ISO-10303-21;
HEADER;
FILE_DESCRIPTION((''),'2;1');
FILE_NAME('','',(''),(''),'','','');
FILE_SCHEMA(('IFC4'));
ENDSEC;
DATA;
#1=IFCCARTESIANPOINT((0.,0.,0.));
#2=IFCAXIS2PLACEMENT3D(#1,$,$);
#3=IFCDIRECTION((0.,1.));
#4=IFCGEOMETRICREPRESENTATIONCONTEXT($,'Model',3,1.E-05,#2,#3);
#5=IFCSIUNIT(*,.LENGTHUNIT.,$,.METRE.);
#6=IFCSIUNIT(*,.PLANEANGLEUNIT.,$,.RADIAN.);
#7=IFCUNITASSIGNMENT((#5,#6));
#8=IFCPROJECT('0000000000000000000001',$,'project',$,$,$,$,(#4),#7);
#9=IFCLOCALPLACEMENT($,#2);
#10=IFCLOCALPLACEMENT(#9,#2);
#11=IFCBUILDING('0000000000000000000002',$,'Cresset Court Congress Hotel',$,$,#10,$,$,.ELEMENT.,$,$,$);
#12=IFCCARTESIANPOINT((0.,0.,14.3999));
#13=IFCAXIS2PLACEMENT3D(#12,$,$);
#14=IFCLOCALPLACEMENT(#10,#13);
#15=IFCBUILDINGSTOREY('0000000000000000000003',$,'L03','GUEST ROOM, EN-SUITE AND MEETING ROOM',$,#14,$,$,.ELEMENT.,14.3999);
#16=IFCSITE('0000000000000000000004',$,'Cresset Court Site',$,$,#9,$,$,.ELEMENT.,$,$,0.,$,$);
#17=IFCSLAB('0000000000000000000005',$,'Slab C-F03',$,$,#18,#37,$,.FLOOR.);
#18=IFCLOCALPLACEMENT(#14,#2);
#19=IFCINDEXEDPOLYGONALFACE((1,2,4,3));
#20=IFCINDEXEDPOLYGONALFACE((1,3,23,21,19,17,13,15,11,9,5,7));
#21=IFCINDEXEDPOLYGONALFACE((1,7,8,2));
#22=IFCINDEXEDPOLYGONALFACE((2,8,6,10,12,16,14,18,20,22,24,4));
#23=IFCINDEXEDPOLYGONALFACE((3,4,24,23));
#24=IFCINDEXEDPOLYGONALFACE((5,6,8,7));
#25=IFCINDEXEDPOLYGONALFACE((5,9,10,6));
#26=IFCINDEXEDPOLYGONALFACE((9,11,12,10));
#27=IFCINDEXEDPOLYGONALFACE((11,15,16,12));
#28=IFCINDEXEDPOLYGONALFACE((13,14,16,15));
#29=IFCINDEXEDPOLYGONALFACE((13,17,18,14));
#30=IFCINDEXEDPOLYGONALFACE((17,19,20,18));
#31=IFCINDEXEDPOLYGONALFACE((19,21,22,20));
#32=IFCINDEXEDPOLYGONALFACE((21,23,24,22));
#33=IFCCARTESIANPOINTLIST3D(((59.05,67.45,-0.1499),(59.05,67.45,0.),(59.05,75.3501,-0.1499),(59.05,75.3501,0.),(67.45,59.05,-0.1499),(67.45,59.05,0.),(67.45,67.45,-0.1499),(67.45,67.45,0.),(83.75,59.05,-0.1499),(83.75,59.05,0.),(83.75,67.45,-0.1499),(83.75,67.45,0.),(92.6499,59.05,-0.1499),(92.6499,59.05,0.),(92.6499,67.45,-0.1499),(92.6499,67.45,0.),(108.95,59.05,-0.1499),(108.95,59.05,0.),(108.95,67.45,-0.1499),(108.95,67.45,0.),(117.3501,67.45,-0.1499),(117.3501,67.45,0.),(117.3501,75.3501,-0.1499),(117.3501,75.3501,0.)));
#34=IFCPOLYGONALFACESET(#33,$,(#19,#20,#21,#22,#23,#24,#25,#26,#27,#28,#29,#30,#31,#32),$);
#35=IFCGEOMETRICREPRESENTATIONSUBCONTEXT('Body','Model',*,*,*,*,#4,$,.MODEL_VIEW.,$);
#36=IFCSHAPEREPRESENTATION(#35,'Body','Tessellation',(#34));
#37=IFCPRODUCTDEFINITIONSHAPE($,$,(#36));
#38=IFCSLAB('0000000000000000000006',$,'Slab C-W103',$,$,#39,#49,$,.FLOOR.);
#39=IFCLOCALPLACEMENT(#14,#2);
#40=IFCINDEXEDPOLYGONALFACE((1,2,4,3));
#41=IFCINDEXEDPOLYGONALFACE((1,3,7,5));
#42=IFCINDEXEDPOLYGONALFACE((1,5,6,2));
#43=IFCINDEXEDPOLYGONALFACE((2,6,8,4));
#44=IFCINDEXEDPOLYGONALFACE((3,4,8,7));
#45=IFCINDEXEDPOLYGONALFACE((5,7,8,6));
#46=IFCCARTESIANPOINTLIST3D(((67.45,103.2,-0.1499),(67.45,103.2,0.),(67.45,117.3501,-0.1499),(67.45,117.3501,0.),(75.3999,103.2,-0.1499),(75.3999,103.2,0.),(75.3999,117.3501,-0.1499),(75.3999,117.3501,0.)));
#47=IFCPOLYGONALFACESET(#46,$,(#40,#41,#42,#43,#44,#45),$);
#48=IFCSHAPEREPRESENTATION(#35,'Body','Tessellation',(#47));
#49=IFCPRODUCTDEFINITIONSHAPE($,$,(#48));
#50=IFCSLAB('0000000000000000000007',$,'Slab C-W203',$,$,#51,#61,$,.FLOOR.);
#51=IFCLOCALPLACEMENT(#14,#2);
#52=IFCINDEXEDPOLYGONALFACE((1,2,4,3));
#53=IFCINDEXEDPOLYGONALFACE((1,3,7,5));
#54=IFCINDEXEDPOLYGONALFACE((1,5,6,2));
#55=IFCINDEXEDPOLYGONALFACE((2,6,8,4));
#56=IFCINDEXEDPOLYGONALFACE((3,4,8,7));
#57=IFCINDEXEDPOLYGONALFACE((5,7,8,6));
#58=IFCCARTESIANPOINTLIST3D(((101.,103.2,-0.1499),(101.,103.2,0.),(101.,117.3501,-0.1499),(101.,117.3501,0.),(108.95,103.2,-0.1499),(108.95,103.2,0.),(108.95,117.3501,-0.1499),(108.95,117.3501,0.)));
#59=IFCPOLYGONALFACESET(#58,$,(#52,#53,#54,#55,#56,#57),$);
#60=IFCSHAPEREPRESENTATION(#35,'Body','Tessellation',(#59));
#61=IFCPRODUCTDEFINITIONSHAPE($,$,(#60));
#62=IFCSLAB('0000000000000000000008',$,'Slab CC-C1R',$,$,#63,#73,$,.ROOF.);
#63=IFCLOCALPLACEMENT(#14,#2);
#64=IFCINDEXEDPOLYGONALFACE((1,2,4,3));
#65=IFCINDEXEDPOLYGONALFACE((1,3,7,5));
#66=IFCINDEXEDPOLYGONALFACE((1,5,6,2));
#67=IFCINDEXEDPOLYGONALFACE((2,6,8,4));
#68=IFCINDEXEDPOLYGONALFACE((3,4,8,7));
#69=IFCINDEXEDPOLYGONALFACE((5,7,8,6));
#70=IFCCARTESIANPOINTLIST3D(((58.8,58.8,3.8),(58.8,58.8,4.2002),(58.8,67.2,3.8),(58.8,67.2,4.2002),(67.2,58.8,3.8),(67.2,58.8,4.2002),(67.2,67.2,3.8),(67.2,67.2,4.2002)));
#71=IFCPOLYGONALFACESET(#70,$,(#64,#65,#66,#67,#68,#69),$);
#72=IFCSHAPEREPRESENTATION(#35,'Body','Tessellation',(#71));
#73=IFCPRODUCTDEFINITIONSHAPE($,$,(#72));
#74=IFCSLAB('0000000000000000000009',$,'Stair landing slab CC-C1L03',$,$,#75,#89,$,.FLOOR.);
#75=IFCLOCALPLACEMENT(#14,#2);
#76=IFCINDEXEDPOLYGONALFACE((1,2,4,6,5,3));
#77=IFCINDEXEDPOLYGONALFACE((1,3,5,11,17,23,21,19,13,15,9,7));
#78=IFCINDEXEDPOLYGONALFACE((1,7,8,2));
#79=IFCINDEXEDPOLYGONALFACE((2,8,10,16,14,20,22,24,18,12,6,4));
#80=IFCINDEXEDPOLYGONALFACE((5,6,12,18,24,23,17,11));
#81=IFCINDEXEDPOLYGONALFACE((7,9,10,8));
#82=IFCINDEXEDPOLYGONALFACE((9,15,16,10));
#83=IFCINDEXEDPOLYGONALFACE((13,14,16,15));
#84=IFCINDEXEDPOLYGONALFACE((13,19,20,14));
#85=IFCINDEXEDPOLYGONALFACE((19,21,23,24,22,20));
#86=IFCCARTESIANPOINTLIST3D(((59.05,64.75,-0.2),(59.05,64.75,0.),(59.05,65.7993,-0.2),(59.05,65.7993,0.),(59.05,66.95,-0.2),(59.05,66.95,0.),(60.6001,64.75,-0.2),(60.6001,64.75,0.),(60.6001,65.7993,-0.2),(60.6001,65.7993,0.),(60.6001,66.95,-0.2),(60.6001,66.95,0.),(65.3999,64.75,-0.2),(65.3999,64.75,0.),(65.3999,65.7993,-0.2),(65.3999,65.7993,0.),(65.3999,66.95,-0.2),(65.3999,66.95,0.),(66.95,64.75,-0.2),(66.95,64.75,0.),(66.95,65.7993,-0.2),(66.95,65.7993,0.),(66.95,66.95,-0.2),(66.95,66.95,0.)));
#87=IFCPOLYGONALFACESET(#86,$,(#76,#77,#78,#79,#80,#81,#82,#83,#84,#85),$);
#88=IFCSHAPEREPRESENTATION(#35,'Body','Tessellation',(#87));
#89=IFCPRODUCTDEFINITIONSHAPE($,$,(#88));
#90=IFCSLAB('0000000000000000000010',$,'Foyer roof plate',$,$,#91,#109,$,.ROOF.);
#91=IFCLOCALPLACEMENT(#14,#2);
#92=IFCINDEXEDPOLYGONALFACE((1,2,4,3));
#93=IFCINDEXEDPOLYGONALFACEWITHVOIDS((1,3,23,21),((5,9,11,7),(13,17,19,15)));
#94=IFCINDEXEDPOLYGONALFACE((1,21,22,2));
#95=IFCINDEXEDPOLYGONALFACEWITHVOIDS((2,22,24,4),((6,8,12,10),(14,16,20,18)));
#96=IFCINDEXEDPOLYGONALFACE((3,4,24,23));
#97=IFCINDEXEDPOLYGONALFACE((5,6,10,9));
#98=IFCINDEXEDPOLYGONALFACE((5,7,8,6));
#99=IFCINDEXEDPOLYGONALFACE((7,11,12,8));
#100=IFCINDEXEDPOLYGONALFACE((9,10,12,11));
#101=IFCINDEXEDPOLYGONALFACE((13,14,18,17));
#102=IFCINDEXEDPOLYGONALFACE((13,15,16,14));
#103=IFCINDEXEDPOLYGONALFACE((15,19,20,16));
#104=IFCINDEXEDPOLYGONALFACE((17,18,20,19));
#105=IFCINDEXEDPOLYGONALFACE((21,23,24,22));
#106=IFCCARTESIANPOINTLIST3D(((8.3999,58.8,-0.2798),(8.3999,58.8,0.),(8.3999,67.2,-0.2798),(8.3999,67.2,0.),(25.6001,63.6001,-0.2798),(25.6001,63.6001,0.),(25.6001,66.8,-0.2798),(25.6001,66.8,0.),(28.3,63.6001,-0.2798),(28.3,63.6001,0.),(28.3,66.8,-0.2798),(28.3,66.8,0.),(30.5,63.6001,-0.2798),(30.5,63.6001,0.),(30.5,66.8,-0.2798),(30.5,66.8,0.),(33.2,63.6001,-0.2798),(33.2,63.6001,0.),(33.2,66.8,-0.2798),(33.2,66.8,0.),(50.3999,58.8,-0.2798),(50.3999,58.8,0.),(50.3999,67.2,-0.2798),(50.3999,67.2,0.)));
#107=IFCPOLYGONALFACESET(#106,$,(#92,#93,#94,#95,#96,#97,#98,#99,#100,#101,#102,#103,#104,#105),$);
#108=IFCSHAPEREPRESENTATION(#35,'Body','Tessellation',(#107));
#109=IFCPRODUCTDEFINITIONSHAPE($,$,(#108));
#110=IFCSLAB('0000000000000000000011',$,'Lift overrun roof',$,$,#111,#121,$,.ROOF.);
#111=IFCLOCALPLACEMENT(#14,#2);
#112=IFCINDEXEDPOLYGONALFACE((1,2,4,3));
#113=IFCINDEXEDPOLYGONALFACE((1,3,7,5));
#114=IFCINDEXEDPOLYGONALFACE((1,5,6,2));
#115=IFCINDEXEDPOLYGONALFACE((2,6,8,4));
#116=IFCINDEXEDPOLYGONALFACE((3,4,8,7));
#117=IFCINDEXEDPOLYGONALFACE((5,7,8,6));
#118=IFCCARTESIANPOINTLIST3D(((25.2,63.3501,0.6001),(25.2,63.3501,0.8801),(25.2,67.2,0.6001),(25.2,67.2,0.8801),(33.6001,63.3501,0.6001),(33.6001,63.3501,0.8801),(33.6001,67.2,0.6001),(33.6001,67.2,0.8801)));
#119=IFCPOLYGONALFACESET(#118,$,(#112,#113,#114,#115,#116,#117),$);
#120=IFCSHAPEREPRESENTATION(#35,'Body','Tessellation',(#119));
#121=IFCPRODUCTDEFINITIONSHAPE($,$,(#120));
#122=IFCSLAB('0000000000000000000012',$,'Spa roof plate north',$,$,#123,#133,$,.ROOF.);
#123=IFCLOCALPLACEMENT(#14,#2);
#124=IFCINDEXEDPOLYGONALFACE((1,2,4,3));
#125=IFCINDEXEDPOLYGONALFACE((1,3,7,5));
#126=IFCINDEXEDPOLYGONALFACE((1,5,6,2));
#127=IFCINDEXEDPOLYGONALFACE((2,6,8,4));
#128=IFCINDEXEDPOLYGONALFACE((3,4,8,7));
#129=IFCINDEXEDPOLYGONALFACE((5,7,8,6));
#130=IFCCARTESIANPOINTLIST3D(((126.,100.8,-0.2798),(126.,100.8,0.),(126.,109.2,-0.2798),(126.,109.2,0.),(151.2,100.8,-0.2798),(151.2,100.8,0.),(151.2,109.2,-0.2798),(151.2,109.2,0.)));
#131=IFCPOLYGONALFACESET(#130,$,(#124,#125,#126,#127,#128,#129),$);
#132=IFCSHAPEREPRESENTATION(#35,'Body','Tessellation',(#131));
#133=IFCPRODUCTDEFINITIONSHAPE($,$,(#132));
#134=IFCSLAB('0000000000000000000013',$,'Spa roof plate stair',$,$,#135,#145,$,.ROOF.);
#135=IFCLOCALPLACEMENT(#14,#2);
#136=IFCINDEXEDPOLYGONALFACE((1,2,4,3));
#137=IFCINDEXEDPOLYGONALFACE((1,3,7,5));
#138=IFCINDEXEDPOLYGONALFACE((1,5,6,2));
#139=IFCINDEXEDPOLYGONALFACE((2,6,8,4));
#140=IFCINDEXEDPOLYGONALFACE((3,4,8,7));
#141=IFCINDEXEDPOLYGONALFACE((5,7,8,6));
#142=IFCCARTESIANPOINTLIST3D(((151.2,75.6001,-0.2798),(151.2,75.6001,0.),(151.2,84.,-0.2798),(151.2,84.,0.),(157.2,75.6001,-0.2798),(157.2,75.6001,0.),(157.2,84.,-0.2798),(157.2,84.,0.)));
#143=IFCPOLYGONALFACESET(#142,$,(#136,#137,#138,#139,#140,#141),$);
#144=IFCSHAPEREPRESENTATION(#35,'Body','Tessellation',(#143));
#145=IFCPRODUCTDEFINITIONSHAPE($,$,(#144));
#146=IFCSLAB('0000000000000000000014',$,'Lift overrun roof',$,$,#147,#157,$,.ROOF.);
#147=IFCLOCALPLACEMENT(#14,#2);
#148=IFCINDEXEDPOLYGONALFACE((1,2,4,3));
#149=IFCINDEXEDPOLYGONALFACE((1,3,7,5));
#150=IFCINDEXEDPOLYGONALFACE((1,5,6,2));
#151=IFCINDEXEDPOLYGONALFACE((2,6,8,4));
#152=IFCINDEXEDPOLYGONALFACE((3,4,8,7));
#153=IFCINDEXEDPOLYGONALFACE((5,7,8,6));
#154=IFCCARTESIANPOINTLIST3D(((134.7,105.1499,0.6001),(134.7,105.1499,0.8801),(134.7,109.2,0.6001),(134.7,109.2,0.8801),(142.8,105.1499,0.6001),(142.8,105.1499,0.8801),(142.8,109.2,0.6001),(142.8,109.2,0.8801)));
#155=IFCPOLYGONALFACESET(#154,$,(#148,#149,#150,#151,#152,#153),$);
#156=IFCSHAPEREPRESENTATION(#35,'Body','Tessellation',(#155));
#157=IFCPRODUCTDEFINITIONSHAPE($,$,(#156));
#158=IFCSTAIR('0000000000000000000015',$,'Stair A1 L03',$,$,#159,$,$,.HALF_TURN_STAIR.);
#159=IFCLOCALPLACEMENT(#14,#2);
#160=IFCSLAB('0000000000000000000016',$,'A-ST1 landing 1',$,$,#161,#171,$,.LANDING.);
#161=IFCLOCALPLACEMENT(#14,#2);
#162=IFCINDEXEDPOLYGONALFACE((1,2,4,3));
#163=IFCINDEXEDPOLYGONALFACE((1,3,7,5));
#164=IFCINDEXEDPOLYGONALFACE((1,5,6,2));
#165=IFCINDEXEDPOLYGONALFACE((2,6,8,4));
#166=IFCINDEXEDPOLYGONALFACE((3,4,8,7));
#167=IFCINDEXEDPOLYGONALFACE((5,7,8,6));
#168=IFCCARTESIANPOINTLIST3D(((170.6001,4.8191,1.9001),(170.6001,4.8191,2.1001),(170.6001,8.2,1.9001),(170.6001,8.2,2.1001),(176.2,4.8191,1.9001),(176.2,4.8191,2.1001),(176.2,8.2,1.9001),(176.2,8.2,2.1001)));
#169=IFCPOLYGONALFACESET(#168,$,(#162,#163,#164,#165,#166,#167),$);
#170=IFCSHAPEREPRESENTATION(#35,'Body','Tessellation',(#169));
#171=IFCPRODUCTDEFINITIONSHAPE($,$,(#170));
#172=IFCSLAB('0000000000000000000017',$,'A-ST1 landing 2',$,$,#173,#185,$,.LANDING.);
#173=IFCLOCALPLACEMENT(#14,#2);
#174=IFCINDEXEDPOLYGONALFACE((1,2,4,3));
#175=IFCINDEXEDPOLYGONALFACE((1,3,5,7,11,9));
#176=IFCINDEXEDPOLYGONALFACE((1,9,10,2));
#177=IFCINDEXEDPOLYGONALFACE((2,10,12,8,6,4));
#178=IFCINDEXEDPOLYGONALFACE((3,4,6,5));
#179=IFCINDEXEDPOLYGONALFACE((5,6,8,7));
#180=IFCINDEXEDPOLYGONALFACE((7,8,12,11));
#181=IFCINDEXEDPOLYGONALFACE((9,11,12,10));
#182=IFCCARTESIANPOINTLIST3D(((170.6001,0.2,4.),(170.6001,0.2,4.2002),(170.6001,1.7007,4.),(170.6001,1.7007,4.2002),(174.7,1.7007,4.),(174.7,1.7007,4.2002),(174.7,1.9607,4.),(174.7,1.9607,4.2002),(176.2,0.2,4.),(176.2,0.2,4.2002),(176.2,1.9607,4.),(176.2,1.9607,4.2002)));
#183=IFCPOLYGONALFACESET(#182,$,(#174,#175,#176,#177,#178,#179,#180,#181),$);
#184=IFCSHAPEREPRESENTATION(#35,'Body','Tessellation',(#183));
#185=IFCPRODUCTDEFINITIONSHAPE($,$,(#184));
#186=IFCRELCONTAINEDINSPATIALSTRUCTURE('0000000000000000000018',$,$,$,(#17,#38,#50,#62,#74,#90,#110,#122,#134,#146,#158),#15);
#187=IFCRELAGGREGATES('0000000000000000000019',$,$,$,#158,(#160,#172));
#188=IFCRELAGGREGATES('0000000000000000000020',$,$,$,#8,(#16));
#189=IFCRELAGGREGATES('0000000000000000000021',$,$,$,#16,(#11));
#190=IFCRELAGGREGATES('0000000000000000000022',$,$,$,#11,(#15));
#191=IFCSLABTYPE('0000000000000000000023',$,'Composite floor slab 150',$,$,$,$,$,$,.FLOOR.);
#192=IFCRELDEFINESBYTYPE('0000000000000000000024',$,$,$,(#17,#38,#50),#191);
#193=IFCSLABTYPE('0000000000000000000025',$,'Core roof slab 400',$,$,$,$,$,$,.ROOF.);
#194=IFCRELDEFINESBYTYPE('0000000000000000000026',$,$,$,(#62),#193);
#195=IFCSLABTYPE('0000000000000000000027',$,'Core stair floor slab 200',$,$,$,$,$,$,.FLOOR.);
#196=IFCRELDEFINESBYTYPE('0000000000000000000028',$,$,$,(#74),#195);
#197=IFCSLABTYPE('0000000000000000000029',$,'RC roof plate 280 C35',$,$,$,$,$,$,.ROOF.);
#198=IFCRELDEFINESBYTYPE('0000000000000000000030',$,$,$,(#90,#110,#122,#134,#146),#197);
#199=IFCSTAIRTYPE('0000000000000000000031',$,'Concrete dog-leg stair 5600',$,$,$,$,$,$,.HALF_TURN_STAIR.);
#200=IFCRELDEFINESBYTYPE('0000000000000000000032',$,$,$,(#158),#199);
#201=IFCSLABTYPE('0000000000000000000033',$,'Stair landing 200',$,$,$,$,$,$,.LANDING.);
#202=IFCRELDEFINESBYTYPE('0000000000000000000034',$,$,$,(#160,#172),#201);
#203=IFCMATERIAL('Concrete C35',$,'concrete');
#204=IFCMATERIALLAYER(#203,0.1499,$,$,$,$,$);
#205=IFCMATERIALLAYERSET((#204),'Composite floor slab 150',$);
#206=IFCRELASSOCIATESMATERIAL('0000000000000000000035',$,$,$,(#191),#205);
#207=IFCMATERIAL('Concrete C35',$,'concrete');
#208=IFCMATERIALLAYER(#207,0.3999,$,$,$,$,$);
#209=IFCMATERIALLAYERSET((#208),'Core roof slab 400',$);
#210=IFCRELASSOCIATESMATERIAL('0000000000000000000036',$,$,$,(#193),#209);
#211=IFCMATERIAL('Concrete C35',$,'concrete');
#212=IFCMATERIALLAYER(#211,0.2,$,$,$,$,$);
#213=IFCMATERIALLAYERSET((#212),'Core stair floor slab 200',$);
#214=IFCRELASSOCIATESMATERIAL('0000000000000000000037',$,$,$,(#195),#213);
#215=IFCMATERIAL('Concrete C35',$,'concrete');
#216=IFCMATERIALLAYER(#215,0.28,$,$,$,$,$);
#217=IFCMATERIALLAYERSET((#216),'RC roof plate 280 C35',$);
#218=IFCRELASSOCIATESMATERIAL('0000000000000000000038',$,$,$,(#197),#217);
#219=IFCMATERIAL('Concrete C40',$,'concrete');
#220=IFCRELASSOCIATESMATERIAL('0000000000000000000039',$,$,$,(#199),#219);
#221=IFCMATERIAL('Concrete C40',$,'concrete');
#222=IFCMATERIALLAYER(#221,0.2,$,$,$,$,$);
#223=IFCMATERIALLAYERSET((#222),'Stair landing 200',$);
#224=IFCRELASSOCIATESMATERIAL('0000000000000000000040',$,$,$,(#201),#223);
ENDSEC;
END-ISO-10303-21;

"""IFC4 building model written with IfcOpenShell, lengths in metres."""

from ifc_helpers import new_model, si_unit, direction, frame, origin, place, context, subcontext, project, spatial, polyline, outline, extrude, material, layer, layer_set, type_object, element, aggregate, save


model = new_model("IFC4")

# Units and contexts
model_context = context("Model", 3, precision=1e-05, world=origin(), true_north=direction((0.0, 1.0)))
body_context = subcontext(model_context, "Body", "Model", "MODEL_VIEW")
ifc_project = project(units=[si_unit("LENGTHUNIT", "METRE"), si_unit("PLANEANGLEUNIT", "RADIAN")], contexts=[model_context])

# Site, building, storey
site_placement = place(None, origin())
site = spatial("IfcSite", under=ifc_project, at=site_placement, Name="Cresset Court Site", CompositionType="ELEMENT", RefElevation=0.0)
building_placement = place(site_placement, origin())
building = spatial("IfcBuilding", under=site, at=building_placement, Name="Cresset Court Congress Hotel", CompositionType="ELEMENT")
storey_placement = place(building_placement, frame((0.0, 0.0, 14.3999)))
storey = spatial("IfcBuildingStorey", under=building, at=storey_placement, Name="L03", Description="GUEST ROOM, EN-SUITE AND MEETING ROOM", CompositionType="ELEMENT", Elevation=14.3999)

# Slabs
ifc_material_1 = material(Name="Concrete C35", Category="concrete")
ifc_layer_1 = layer(ifc_material_1, 0.1499)
ifc_layer_set_1 = layer_set([ifc_layer_1], Name="Composite floor slab 150")
slab_type_1 = type_object("IfcSlabType", Name="Composite floor slab 150", PredefinedType="FLOOR", material=ifc_layer_set_1)
slab_1_placement = place(storey_placement, frame((0.0, 0.0, -0.1499)))
element("IfcSlab", 1, at=slab_1_placement, inside=storey, type_object=slab_type_1, Name="Slab C-F03", PredefinedType="FLOOR", context=body_context, shape_type="SweptSolid", body=[
    extrude(outline(polyline([(108.95, 59.05), (92.6499, 59.05), (92.6499, 67.45), (83.75, 67.45), (83.75, 59.05), (67.45, 59.05), (67.45, 67.45), (59.05, 67.45), (59.05, 75.3501), (117.3501, 75.3501), (117.3501, 67.45), (108.95, 67.45), (108.95, 59.05)])), origin(), (0.0, 0.0, 1.0), 0.1499),
])
slab_2_placement = place(storey_placement, frame((0.0, 0.0, -0.1499)))
element("IfcSlab", 2, at=slab_2_placement, inside=storey, type_object=slab_type_1, Name="Slab C-W103", PredefinedType="FLOOR", context=body_context, shape_type="SweptSolid", body=[
    extrude(outline(polyline([(75.3999, 103.2), (75.3999, 117.3501), (67.45, 117.3501), (67.45, 103.2), (75.3999, 103.2)])), origin(), (0.0, 0.0, 1.0), 0.1499),
])
slab_3_placement = place(storey_placement, frame((0.0, 0.0, -0.1499)))
element("IfcSlab", 3, at=slab_3_placement, inside=storey, type_object=slab_type_1, Name="Slab C-W203", PredefinedType="FLOOR", context=body_context, shape_type="SweptSolid", body=[
    extrude(outline(polyline([(108.95, 103.2), (108.95, 117.3501), (101.0, 117.3501), (101.0, 103.2), (108.95, 103.2)])), origin(), (0.0, 0.0, 1.0), 0.1499),
])
ifc_material_2 = material(Name="Concrete C35", Category="concrete")
ifc_layer_2 = layer(ifc_material_2, 0.3999)
ifc_layer_set_2 = layer_set([ifc_layer_2], Name="Core roof slab 400")
slab_type_2 = type_object("IfcSlabType", Name="Core roof slab 400", PredefinedType="ROOF", material=ifc_layer_set_2)
slab_4_placement = place(storey_placement, frame((0.0, 0.0, 3.8)))
element("IfcSlab", 4, at=slab_4_placement, inside=storey, type_object=slab_type_2, Name="Slab CC-C1R", PredefinedType="ROOF", context=body_context, shape_type="SweptSolid", body=[
    extrude(outline(polyline([(67.2, 58.8), (67.2, 67.2), (58.8, 67.2), (58.8, 58.8), (67.2, 58.8)])), origin(), (0.0, 0.0, 1.0), 0.4001),
])
ifc_material_3 = material(Name="Concrete C35", Category="concrete")
ifc_layer_3 = layer(ifc_material_3, 0.2)
ifc_layer_set_3 = layer_set([ifc_layer_3], Name="Core stair floor slab 200")
slab_type_3 = type_object("IfcSlabType", Name="Core stair floor slab 200", PredefinedType="FLOOR", material=ifc_layer_set_3)
slab_5_placement = place(storey_placement, frame((0.0, 0.0, -0.2)))
element("IfcSlab", 5, at=slab_5_placement, inside=storey, type_object=slab_type_3, Name="Stair landing slab CC-C1L03", PredefinedType="FLOOR", context=body_context, shape_type="SweptSolid", body=[
    extrude(outline(polyline([(60.6001, 64.75), (59.05, 64.75), (59.05, 65.7993), (59.05, 66.95), (60.6001, 66.95), (65.3999, 66.95), (66.95, 66.95), (66.95, 65.7993), (66.95, 64.75), (65.3999, 64.75), (65.3999, 65.7993), (60.6001, 65.7993), (60.6001, 64.75)])), origin(), (0.0, 0.0, 1.0), 0.2),
])
ifc_material_4 = material(Name="Concrete C35", Category="concrete")
ifc_layer_4 = layer(ifc_material_4, 0.28)
ifc_layer_set_4 = layer_set([ifc_layer_4], Name="RC roof plate 280 C35")
slab_type_4 = type_object("IfcSlabType", Name="RC roof plate 280 C35", PredefinedType="ROOF", material=ifc_layer_set_4)
slab_6_placement = place(storey_placement, frame((0.0, 0.0, -0.2798)))
element("IfcSlab", 6, at=slab_6_placement, inside=storey, type_object=slab_type_4, Name="Foyer roof plate", PredefinedType="ROOF", context=body_context, shape_type="SweptSolid", body=[
    extrude(outline(polyline([(8.3999, 58.8), (50.3999, 58.8), (50.3999, 67.2), (8.3999, 67.2), (8.3999, 58.8)]), holes=[polyline([(25.6001, 63.6001), (28.3, 63.6001), (28.3, 66.8), (25.6001, 66.8), (25.6001, 63.6001)]), polyline([(30.5, 63.6001), (33.2, 63.6001), (33.2, 66.8), (30.5, 66.8), (30.5, 63.6001)])]), origin(), (0.0, 0.0, 1.0), 0.2798),
])
slab_7_placement = place(storey_placement, frame((0.0, 0.0, 0.6001)))
element("IfcSlab", 7, at=slab_7_placement, inside=storey, type_object=slab_type_4, Name="Lift overrun roof", PredefinedType="ROOF", context=body_context, shape_type="SweptSolid", body=[
    extrude(outline(polyline([(25.2, 63.3501), (33.6001, 63.3501), (33.6001, 67.2), (25.2, 67.2), (25.2, 63.3501)])), origin(), (0.0, 0.0, 1.0), 0.28),
])
slab_8_placement = place(storey_placement, frame((0.0, 0.0, -0.2798)))
element("IfcSlab", 8, at=slab_8_placement, inside=storey, type_object=slab_type_4, Name="Spa roof plate north", PredefinedType="ROOF", context=body_context, shape_type="SweptSolid", body=[
    extrude(outline(polyline([(126.0, 100.8), (151.2, 100.8), (151.2, 109.2), (126.0, 109.2), (126.0, 100.8)])), origin(), (0.0, 0.0, 1.0), 0.2798),
])
slab_9_placement = place(storey_placement, frame((0.0, 0.0, -0.2798)))
element("IfcSlab", 9, at=slab_9_placement, inside=storey, type_object=slab_type_4, Name="Spa roof plate stair", PredefinedType="ROOF", context=body_context, shape_type="SweptSolid", body=[
    extrude(outline(polyline([(151.2, 75.6001), (157.2, 75.6001), (157.2, 84.0), (151.2, 84.0), (151.2, 75.6001)])), origin(), (0.0, 0.0, 1.0), 0.2798),
])
slab_10_placement = place(storey_placement, frame((0.0, 0.0, 0.6001)))
element("IfcSlab", 10, at=slab_10_placement, inside=storey, type_object=slab_type_4, Name="Lift overrun roof", PredefinedType="ROOF", context=body_context, shape_type="SweptSolid", body=[
    extrude(outline(polyline([(134.7, 105.1499), (142.8, 105.1499), (142.8, 109.2), (134.7, 109.2), (134.7, 105.1499)])), origin(), (0.0, 0.0, 1.0), 0.28),
])

# Stair, slabs
ifc_material_5 = material(Name="Concrete C40", Category="concrete")
stair_type_1 = type_object("IfcStairType", Name="Concrete dog-leg stair 5600", PredefinedType="HALF_TURN_STAIR", material=ifc_material_5)
stair_1_placement = place(storey_placement, origin())
stair_1 = element("IfcStair", 11, at=stair_1_placement, inside=storey, type_object=stair_type_1, Name="Stair A1 L03", PredefinedType="HALF_TURN_STAIR")
ifc_material_6 = material(Name="Concrete C40", Category="concrete")
ifc_layer_5 = layer(ifc_material_6, 0.2)
ifc_layer_set_5 = layer_set([ifc_layer_5], Name="Stair landing 200")
slab_type_5 = type_object("IfcSlabType", Name="Stair landing 200", PredefinedType="LANDING", material=ifc_layer_set_5)
slab_11_placement = place(storey_placement, frame((0.0, 0.0, 1.9001)))
slab_11 = element("IfcSlab", 12, at=slab_11_placement, type_object=slab_type_5, Name="A-ST1 landing 1", PredefinedType="LANDING", context=body_context, shape_type="SweptSolid", body=[
    extrude(outline(polyline([(170.6001, 4.8191), (176.2, 4.8191), (176.2, 8.2), (170.6001, 8.2), (170.6001, 4.8191)])), origin(), (0.0, 0.0, 1.0), 0.2),
])
slab_12_placement = place(storey_placement, frame((0.0, 0.0, 4.0)))
slab_12 = element("IfcSlab", 13, at=slab_12_placement, type_object=slab_type_5, Name="A-ST1 landing 2", PredefinedType="LANDING", context=body_context, shape_type="SweptSolid", body=[
    extrude(outline(polyline([(170.6001, 0.2), (176.2, 0.2), (176.2, 1.9607), (174.7, 1.9607), (174.7, 1.7007), (170.6001, 1.7007), (170.6001, 0.2)])), origin(), (0.0, 0.0, 1.0), 0.2002),
])
aggregate(stair_1, [slab_11, slab_12])

save(model, "model.ifc")
